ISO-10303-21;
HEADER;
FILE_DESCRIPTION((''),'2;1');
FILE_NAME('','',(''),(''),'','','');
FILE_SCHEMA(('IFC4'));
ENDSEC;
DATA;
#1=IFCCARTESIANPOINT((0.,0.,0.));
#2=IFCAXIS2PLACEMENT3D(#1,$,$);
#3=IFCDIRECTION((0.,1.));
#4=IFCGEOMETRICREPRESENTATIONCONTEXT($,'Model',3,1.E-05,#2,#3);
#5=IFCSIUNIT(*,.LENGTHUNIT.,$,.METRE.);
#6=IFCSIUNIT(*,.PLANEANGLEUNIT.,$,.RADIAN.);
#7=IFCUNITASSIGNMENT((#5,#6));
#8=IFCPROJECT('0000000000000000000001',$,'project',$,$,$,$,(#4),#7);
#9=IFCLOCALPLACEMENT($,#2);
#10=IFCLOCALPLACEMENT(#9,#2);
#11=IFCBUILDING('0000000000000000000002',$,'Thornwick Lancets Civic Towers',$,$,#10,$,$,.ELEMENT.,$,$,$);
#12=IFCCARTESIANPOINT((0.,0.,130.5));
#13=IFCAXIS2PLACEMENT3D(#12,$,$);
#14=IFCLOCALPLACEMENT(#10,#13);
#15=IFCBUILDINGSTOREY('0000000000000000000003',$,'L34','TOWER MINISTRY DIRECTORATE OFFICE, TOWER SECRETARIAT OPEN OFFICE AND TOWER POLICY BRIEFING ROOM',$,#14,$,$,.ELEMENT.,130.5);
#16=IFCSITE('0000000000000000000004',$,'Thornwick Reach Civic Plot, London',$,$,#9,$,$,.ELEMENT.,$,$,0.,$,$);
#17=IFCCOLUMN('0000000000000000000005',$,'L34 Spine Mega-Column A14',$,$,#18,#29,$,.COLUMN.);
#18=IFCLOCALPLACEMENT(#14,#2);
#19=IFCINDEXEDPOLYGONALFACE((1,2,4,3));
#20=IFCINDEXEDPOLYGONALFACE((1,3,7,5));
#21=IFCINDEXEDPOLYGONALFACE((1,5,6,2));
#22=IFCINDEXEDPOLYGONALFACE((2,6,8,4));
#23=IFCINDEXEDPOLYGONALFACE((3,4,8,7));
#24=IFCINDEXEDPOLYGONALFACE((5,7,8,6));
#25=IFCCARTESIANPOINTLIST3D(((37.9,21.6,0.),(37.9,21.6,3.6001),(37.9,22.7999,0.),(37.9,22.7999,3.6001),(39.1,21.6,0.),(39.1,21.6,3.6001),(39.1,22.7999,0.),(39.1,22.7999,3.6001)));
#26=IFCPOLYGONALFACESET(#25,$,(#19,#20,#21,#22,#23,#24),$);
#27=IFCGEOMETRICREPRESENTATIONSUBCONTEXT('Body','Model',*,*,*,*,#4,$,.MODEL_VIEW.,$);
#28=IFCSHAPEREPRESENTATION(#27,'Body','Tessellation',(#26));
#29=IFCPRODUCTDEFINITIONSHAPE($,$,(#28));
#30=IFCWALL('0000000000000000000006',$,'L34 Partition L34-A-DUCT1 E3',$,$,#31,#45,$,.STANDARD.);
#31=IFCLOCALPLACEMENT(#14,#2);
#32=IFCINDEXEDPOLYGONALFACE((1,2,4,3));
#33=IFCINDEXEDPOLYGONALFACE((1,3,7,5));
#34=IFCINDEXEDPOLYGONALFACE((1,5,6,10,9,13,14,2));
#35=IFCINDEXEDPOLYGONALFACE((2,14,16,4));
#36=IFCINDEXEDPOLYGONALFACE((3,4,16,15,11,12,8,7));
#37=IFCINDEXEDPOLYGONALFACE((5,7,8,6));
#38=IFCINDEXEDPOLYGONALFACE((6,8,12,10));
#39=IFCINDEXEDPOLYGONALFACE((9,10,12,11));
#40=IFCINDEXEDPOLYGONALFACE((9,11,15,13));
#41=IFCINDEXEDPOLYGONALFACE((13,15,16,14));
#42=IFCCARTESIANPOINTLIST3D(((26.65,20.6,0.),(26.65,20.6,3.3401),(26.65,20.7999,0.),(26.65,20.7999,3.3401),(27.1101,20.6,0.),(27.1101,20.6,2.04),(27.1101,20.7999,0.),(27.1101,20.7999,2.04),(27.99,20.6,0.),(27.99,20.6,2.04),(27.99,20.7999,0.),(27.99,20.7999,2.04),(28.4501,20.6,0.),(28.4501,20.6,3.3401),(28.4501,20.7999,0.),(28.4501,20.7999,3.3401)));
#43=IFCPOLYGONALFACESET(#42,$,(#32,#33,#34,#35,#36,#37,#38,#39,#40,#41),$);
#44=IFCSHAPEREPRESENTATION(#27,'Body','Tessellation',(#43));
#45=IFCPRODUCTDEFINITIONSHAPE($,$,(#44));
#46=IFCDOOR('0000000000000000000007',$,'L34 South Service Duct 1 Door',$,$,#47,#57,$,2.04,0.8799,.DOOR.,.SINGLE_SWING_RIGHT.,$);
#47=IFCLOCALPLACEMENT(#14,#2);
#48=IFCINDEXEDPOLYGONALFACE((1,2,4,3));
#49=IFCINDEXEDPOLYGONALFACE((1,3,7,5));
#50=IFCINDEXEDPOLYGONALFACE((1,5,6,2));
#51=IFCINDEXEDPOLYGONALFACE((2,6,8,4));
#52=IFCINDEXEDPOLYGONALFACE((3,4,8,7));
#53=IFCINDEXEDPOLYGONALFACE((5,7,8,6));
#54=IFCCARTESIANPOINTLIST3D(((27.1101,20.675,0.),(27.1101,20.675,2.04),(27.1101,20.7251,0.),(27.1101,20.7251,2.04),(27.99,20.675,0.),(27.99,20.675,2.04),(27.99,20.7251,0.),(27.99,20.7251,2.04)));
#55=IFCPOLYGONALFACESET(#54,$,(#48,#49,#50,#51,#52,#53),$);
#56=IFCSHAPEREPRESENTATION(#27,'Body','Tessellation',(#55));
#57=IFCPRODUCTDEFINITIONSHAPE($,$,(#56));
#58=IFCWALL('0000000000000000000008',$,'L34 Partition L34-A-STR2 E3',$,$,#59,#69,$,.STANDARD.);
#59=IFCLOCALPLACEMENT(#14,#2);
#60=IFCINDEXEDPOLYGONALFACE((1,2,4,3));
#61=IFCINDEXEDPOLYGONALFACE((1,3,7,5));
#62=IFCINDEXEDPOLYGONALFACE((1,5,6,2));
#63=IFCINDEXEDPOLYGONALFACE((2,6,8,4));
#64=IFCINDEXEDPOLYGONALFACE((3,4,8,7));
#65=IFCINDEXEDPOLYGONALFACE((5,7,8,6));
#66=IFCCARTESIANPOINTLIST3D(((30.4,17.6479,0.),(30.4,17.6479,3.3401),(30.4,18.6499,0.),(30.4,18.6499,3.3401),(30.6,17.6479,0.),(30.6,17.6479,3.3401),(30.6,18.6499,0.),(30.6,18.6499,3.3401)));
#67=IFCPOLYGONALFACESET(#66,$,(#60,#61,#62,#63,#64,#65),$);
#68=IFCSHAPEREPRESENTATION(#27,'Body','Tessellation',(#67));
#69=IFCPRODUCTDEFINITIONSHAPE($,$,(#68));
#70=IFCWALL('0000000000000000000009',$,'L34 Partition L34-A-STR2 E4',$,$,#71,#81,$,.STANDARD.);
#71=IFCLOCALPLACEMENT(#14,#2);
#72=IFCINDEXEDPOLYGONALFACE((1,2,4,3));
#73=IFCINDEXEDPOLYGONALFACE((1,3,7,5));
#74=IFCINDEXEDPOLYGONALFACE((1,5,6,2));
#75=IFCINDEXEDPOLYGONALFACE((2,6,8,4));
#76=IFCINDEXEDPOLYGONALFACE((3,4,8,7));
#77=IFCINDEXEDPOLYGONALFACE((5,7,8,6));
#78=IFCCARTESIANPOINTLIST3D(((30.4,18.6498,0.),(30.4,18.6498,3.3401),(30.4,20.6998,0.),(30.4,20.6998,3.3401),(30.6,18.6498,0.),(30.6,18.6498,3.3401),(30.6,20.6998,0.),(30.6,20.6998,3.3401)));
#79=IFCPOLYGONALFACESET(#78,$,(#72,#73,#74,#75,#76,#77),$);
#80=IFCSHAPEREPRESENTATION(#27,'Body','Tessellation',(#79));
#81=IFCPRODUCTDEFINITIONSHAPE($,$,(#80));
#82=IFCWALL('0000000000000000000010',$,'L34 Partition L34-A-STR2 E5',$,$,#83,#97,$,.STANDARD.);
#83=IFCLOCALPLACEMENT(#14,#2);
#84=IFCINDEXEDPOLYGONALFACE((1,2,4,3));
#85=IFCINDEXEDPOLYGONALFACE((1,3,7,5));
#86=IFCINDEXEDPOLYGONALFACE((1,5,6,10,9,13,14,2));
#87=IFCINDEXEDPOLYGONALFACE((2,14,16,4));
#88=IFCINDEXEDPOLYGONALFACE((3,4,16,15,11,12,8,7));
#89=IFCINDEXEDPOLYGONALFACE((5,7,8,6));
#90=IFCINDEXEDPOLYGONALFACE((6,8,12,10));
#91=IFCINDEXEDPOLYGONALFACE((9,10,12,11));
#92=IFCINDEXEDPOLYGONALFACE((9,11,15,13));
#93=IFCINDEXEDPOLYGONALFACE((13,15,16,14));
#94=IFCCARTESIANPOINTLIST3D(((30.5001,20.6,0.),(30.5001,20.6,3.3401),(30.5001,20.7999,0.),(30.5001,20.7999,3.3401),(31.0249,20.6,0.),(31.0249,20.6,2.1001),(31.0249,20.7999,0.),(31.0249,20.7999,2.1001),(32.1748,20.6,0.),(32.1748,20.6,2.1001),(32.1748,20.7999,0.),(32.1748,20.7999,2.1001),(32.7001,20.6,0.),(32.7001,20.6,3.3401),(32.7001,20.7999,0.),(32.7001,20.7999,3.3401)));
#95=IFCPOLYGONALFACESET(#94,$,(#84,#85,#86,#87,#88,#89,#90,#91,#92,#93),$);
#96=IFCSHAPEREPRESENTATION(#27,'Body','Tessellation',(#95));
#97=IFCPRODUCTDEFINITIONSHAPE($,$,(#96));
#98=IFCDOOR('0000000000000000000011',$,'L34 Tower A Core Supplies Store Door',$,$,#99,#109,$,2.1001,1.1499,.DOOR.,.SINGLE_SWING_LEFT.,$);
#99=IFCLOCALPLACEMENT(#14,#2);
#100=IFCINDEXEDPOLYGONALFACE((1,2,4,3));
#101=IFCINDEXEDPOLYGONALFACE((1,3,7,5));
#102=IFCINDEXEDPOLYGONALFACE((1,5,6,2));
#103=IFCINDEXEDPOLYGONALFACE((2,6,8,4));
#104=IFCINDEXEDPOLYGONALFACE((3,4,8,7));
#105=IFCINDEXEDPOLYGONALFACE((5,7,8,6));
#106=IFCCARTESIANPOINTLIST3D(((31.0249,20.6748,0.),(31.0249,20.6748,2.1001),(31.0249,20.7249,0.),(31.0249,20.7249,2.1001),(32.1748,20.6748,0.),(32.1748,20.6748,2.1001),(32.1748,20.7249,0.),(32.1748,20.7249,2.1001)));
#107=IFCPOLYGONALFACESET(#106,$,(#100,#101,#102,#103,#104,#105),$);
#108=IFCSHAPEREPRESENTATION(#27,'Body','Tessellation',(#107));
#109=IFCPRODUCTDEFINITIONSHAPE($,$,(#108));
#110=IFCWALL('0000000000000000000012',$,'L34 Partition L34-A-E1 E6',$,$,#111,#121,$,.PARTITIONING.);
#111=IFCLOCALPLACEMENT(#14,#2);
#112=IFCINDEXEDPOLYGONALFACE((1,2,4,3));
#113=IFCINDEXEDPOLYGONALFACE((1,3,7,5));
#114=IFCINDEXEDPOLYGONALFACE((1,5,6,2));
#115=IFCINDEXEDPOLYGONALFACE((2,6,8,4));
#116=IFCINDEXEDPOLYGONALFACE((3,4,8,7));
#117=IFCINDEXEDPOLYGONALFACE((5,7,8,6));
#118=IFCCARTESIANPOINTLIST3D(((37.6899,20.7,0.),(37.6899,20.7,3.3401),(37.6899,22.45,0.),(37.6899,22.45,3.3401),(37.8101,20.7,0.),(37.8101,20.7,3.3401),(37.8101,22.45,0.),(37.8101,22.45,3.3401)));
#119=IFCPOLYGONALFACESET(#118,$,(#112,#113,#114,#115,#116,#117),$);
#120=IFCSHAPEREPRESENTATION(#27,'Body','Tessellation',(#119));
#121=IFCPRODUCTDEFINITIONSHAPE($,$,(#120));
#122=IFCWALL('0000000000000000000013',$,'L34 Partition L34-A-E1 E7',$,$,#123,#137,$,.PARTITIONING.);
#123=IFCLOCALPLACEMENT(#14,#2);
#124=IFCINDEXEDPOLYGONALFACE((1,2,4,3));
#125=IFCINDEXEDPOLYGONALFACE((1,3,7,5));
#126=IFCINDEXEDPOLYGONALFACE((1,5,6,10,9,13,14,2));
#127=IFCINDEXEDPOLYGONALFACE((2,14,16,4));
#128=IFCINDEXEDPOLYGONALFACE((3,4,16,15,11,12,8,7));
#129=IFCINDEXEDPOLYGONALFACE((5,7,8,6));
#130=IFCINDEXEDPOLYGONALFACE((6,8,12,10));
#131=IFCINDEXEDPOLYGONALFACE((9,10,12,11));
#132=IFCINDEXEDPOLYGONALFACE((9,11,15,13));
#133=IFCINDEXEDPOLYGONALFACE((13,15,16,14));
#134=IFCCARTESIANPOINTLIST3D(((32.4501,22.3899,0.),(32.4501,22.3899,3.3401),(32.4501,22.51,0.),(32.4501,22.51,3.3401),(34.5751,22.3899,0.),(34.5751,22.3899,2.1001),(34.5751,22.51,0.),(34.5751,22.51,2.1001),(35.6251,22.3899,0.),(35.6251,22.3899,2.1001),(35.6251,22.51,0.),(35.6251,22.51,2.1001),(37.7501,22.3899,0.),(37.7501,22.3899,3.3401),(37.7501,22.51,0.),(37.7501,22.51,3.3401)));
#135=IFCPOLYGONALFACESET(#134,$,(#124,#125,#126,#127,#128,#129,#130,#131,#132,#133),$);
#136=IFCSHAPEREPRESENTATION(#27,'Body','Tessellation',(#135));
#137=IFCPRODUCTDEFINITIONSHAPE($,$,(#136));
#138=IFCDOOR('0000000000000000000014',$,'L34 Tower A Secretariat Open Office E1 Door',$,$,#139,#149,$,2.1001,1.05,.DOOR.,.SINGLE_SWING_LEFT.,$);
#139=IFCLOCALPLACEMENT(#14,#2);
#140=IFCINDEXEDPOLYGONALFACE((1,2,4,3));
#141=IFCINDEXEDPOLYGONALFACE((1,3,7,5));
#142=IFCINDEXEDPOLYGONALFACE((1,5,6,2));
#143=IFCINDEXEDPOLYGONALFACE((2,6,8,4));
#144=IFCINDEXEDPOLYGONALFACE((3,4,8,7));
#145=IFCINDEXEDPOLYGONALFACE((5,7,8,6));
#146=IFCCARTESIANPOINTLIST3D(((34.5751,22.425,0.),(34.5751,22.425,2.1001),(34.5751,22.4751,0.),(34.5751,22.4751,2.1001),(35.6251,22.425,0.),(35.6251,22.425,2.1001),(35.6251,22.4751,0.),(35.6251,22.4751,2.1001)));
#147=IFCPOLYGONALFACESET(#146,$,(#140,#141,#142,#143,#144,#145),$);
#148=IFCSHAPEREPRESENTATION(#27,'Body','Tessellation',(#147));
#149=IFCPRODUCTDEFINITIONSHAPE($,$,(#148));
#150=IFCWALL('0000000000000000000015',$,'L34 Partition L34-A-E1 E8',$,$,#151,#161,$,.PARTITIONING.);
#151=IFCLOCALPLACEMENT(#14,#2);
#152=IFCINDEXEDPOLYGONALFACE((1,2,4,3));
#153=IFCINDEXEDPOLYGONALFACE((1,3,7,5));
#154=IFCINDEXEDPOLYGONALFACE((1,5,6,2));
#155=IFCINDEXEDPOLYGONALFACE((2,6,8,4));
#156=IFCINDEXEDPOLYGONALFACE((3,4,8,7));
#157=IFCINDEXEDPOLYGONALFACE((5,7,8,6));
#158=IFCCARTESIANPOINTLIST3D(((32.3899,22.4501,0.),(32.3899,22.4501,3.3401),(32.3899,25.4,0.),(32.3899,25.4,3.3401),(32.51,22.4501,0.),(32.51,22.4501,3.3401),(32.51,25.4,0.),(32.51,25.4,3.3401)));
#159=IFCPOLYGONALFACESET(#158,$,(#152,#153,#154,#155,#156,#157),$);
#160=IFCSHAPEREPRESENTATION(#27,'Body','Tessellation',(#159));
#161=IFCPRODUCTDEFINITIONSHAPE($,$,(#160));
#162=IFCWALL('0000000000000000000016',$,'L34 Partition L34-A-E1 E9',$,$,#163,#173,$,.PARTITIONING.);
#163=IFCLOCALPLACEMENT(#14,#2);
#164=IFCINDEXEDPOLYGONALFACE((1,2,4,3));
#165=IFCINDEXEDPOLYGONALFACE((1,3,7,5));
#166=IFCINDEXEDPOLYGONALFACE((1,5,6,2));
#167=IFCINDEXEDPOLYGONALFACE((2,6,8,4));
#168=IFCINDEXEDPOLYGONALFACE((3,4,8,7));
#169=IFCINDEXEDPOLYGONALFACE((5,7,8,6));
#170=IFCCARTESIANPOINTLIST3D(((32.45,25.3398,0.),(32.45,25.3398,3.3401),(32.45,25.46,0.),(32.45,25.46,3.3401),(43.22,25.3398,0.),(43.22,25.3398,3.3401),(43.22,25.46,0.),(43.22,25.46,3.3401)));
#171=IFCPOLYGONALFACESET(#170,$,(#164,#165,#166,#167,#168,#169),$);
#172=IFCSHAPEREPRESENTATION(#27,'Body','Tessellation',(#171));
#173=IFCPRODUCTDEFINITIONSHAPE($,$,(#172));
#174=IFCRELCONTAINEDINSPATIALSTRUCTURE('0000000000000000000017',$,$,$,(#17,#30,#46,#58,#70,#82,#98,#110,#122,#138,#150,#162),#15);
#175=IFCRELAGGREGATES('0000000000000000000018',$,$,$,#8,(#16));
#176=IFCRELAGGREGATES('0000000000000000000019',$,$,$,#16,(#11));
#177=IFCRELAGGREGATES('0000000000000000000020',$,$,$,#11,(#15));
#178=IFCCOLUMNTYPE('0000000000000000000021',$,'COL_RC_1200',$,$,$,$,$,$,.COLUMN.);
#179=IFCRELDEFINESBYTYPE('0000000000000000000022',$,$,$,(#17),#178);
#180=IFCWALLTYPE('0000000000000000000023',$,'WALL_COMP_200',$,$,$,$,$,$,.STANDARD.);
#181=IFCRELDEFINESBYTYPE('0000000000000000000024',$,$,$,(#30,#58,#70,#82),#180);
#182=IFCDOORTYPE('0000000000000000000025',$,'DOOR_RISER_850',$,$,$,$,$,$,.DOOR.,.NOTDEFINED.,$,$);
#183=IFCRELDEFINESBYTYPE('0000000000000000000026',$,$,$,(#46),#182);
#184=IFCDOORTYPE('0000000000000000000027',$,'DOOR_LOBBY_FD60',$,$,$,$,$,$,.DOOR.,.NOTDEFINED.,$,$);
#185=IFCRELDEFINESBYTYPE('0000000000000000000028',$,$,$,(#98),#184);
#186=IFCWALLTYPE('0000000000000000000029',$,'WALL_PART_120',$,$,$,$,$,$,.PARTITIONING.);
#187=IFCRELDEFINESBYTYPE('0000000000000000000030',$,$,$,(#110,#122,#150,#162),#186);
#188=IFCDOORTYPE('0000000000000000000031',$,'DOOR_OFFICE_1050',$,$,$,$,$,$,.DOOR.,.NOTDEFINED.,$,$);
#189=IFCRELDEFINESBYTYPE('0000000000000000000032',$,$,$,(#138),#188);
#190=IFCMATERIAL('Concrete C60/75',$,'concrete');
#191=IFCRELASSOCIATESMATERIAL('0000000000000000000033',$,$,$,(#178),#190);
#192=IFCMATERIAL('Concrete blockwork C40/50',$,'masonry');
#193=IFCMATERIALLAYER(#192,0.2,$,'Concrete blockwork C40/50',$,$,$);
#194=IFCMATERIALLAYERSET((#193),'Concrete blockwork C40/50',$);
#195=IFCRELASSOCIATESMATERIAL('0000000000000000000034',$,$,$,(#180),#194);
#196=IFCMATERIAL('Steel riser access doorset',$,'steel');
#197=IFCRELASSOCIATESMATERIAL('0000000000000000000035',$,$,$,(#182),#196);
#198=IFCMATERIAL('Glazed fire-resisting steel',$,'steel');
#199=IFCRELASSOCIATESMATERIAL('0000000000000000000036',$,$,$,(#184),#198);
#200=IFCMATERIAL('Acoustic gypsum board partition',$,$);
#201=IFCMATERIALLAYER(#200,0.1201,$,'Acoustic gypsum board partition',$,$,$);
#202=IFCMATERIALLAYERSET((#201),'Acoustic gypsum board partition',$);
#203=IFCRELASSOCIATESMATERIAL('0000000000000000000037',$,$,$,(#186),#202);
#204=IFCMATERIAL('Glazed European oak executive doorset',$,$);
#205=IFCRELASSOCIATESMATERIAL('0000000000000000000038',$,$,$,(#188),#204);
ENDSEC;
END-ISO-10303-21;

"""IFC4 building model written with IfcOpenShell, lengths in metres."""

from ifc_helpers import new_model, si_unit, direction, frame, frame_2d, origin, origin_2d, place, context, subcontext, project, spatial, rectangle, extrude, material, layer, layer_set, material_profile, profile_set, type_object, element, fill, save


model = new_model("IFC4")

# Units and contexts
model_context = context("Model", 3, precision=1e-05, world=origin(), true_north=direction((0.0, 1.0)))
body_context = subcontext(model_context, "Body", "Model", "MODEL_VIEW")
ifc_project = project(units=[si_unit("LENGTHUNIT", "METRE"), si_unit("PLANEANGLEUNIT", "RADIAN")], contexts=[model_context])

# Site, building, storey
site_placement = place(None, origin())
site = spatial("IfcSite", under=ifc_project, at=site_placement, Name="Thornwick Reach Civic Plot, London", CompositionType="ELEMENT", RefElevation=0.0)
building_placement = place(site_placement, origin())
building = spatial("IfcBuilding", under=site, at=building_placement, Name="Thornwick Lancets Civic Towers", CompositionType="ELEMENT")
storey_placement = place(building_placement, frame((0.0, 0.0, 130.5)))
storey = spatial("IfcBuildingStorey", under=building, at=storey_placement, Name="L34", Description="TOWER MINISTRY DIRECTORATE OFFICE, TOWER SECRETARIAT OPEN OFFICE AND TOWER POLICY BRIEFING ROOM", CompositionType="ELEMENT", Elevation=130.5)

# Column
ifc_material_1 = material(Name="Concrete C60/75", Category="concrete")
ifc_material_profile = material_profile(ifc_material_1, rectangle(XDim=1.2, YDim=1.2, at=origin_2d()), Name="RC 1200x1200")
ifc_profile_set = profile_set([ifc_material_profile], Name="Concrete C60/75")
column_type = type_object("IfcColumnType", Name="COL_RC_1200", PredefinedType="COLUMN", material=ifc_profile_set)
column_placement = place(storey_placement, frame((38.5, 22.2, 0.0), z_axis=(0.0, 0.0, 1.0), x_axis=(1.0, 0.0, 0.0)))
element("IfcColumn", 1, at=column_placement, inside=storey, type_object=column_type, Name="L34 Spine Mega-Column A14", PredefinedType="COLUMN", context=body_context, shape_type="SweptSolid", body=[
    extrude(rectangle(XDim=1.2, YDim=1.2, at=origin_2d()), origin(), (0.0, 0.0, 1.0), 3.6001),
])

# Wall, opening, door
ifc_material_2 = material(Name="Concrete blockwork C40/50", Category="masonry")
ifc_layer_1 = layer(ifc_material_2, 0.2, Name="Concrete blockwork C40/50")
ifc_layer_set_1 = layer_set([ifc_layer_1], Name="Concrete blockwork C40/50")
wall_type_1 = type_object("IfcWallType", Name="WALL_COMP_200", PredefinedType="STANDARD", material=ifc_layer_set_1)
wall_1_placement = place(storey_placement, frame((28.45, 20.7, 0.0), z_axis=(0.0, 0.0, 1.0), x_axis=(-1.0, 0.0, 0.0)))
wall_1 = element("IfcWall", 2, at=wall_1_placement, inside=storey, type_object=wall_type_1, Name="L34 Partition L34-A-DUCT1 E3", PredefinedType="STANDARD", context=body_context, shape_type="SweptSolid", body=[
    extrude(rectangle(XDim=1.8, YDim=0.2, at=frame_2d((0.8999, 0.0))), origin(), (0.0, 0.0, 1.0), 3.3401),
])
opening_1_placement = place(wall_1_placement, frame((0.46, 0.0, 0.0)))
opening_1 = element("IfcOpeningElement", 3, at=opening_1_placement, cuts=wall_1, PredefinedType="OPENING", context=body_context, shape_type="SweptSolid", body=[
    extrude(rectangle(XDim=0.8799, YDim=2.04, at=frame_2d((0.4399, 1.02))), frame((0.0, 0.1099, 0.0), z_axis=(0.0, -1.0, 0.0), x_axis=(1.0, 0.0, 0.0)), (0.0, 0.0, 1.0), 0.22),
])
ifc_material_3 = material(Name="Steel riser access doorset", Category="steel")
door_type_1 = type_object("IfcDoorType", Name="DOOR_RISER_850", OperationType="NOTDEFINED", PredefinedType="DOOR", material=ifc_material_3)
door_1_placement = place(opening_1_placement, origin())
door_1 = element("IfcDoor", 4, at=door_1_placement, inside=storey, type_object=door_type_1, Name="L34 South Service Duct 1 Door", OperationType="SINGLE_SWING_RIGHT", OverallHeight=2.04, OverallWidth=0.8799, PredefinedType="DOOR", context=body_context, shape_type="SweptSolid", body=[
    extrude(rectangle(XDim=0.8799, YDim=2.04, at=frame_2d((0.4399, 1.02))), frame((0.0, 0.0249, 0.0), z_axis=(0.0, -1.0, 0.0), x_axis=(1.0, 0.0, 0.0)), (0.0, 0.0, 1.0), 0.05),
])
fill(opening_1, door_1)

# Walls
wall_2_placement = place(storey_placement, frame((30.5, 17.6479, 0.0), z_axis=(0.0, 0.0, 1.0), x_axis=(0.0, 1.0, 0.0)))
element("IfcWall", 5, at=wall_2_placement, inside=storey, type_object=wall_type_1, Name="L34 Partition L34-A-STR2 E3", PredefinedType="STANDARD", context=body_context, shape_type="SweptSolid", body=[
    extrude(rectangle(XDim=1.002, YDim=0.2, at=frame_2d((0.501, 0.0))), origin(), (0.0, 0.0, 1.0), 3.3401),
])
wall_3_placement = place(storey_placement, frame((30.5, 18.6499, 0.0), z_axis=(0.0, 0.0, 1.0), x_axis=(0.0, 1.0, 0.0)))
element("IfcWall", 6, at=wall_3_placement, inside=storey, type_object=wall_type_1, Name="L34 Partition L34-A-STR2 E4", PredefinedType="STANDARD", context=body_context, shape_type="SweptSolid", body=[
    extrude(rectangle(XDim=2.05, YDim=0.2, at=frame_2d((1.0249, 0.0))), origin(), (0.0, 0.0, 1.0), 3.3401),
])

# Wall, opening, door
wall_4_placement = place(storey_placement, frame((30.5, 20.7, 0.0), z_axis=(0.0, 0.0, 1.0), x_axis=(1.0, 0.0, 0.0)))
wall_4 = element("IfcWall", 7, at=wall_4_placement, inside=storey, type_object=wall_type_1, Name="L34 Partition L34-A-STR2 E5", PredefinedType="STANDARD", context=body_context, shape_type="SweptSolid", body=[
    extrude(rectangle(XDim=2.2, YDim=0.2, at=frame_2d((1.1001, 0.0))), origin(), (0.0, 0.0, 1.0), 3.3401),
])
opening_2_placement = place(wall_4_placement, frame((0.5249, 0.0, 0.0)))
opening_2 = element("IfcOpeningElement", 8, at=opening_2_placement, cuts=wall_4, PredefinedType="OPENING", context=body_context, shape_type="SweptSolid", body=[
    extrude(rectangle(XDim=1.1499, YDim=2.1001, at=frame_2d((0.575, 1.05))), frame((0.0, 0.1099, 0.0), z_axis=(0.0, -1.0, 0.0), x_axis=(1.0, 0.0, 0.0)), (0.0, 0.0, 1.0), 0.22),
])
ifc_material_4 = material(Name="Glazed fire-resisting steel", Category="steel")
door_type_2 = type_object("IfcDoorType", Name="DOOR_LOBBY_FD60", OperationType="NOTDEFINED", PredefinedType="DOOR", material=ifc_material_4)
door_2_placement = place(opening_2_placement, origin())
door_2 = element("IfcDoor", 9, at=door_2_placement, inside=storey, type_object=door_type_2, Name="L34 Tower A Core Supplies Store Door", OperationType="SINGLE_SWING_LEFT", OverallHeight=2.1001, OverallWidth=1.1499, PredefinedType="DOOR", context=body_context, shape_type="SweptSolid", body=[
    extrude(rectangle(XDim=1.1499, YDim=2.1001, at=frame_2d((0.575, 1.05))), frame((0.0, 0.0249, 0.0), z_axis=(0.0, -1.0, 0.0), x_axis=(1.0, 0.0, 0.0)), (0.0, 0.0, 1.0), 0.05),
])
fill(opening_2, door_2)

# Wall
ifc_material_5 = material(Name="Acoustic gypsum board partition")
ifc_layer_2 = layer(ifc_material_5, 0.1201, Name="Acoustic gypsum board partition")
ifc_layer_set_2 = layer_set([ifc_layer_2], Name="Acoustic gypsum board partition")
wall_type_2 = type_object("IfcWallType", Name="WALL_PART_120", PredefinedType="PARTITIONING", material=ifc_layer_set_2)
wall_5_placement = place(storey_placement, frame((37.75, 20.7, 0.0), z_axis=(0.0, 0.0, 1.0), x_axis=(0.0, 1.0, 0.0)))
element("IfcWall", 10, at=wall_5_placement, inside=storey, type_object=wall_type_2, Name="L34 Partition L34-A-E1 E6", PredefinedType="PARTITIONING", context=body_context, shape_type="SweptSolid", body=[
    extrude(rectangle(XDim=1.75, YDim=0.1201, at=frame_2d((0.875, 0.0))), origin(), (0.0, 0.0, 1.0), 3.3401),
])

# Wall, opening, door
wall_6_placement = place(storey_placement, frame((37.75, 22.45, 0.0), z_axis=(0.0, 0.0, 1.0), x_axis=(-1.0, 0.0, 0.0)))
wall_6 = element("IfcWall", 11, at=wall_6_placement, inside=storey, type_object=wall_type_2, Name="L34 Partition L34-A-E1 E7", PredefinedType="PARTITIONING", context=body_context, shape_type="SweptSolid", body=[
    extrude(rectangle(XDim=5.3, YDim=0.1201, at=frame_2d((2.6499, 0.0))), origin(), (0.0, 0.0, 1.0), 3.3401),
])
opening_3_placement = place(wall_6_placement, frame((2.125, 0.0, 0.0)))
opening_3 = element("IfcOpeningElement", 12, at=opening_3_placement, cuts=wall_6, PredefinedType="OPENING", context=body_context, shape_type="SweptSolid", body=[
    extrude(rectangle(XDim=1.05, YDim=2.1001, at=frame_2d((0.5249, 1.05))), frame((0.0, 0.0701, 0.0), z_axis=(0.0, -1.0, 0.0), x_axis=(1.0, 0.0, 0.0)), (0.0, 0.0, 1.0), 0.1401),
])
ifc_material_6 = material(Name="Glazed European oak executive doorset")
door_type_3 = type_object("IfcDoorType", Name="DOOR_OFFICE_1050", OperationType="NOTDEFINED", PredefinedType="DOOR", material=ifc_material_6)
door_3_placement = place(opening_3_placement, origin())
door_3 = element("IfcDoor", 13, at=door_3_placement, inside=storey, type_object=door_type_3, Name="L34 Tower A Secretariat Open Office E1 Door", OperationType="SINGLE_SWING_LEFT", OverallHeight=2.1001, OverallWidth=1.05, PredefinedType="DOOR", context=body_context, shape_type="SweptSolid", body=[
    extrude(rectangle(XDim=1.05, YDim=2.1001, at=frame_2d((0.5249, 1.05))), frame((0.0, 0.0249, 0.0), z_axis=(0.0, -1.0, 0.0), x_axis=(1.0, 0.0, 0.0)), (0.0, 0.0, 1.0), 0.05),
])
fill(opening_3, door_3)

# Walls
wall_7_placement = place(storey_placement, frame((32.45, 22.45, 0.0), z_axis=(0.0, 0.0, 1.0), x_axis=(0.0, 1.0, 0.0)))
element("IfcWall", 14, at=wall_7_placement, inside=storey, type_object=wall_type_2, Name="L34 Partition L34-A-E1 E8", PredefinedType="PARTITIONING", context=body_context, shape_type="SweptSolid", body=[
    extrude(rectangle(XDim=2.95, YDim=0.1201, at=frame_2d((1.4751, 0.0))), origin(), (0.0, 0.0, 1.0), 3.3401),
])
wall_8_placement = place(storey_placement, frame((32.45, 25.3999, 0.0), z_axis=(0.0, 0.0, 1.0), x_axis=(1.0, 0.0, 0.0)))
element("IfcWall", 15, at=wall_8_placement, inside=storey, type_object=wall_type_2, Name="L34 Partition L34-A-E1 E9", PredefinedType="PARTITIONING", context=body_context, shape_type="SweptSolid", body=[
    extrude(rectangle(XDim=10.77, YDim=0.1201, at=frame_2d((5.385, 0.0))), origin(), (0.0, 0.0, 1.0), 3.3401),
])

save(model, "model.ifc")
